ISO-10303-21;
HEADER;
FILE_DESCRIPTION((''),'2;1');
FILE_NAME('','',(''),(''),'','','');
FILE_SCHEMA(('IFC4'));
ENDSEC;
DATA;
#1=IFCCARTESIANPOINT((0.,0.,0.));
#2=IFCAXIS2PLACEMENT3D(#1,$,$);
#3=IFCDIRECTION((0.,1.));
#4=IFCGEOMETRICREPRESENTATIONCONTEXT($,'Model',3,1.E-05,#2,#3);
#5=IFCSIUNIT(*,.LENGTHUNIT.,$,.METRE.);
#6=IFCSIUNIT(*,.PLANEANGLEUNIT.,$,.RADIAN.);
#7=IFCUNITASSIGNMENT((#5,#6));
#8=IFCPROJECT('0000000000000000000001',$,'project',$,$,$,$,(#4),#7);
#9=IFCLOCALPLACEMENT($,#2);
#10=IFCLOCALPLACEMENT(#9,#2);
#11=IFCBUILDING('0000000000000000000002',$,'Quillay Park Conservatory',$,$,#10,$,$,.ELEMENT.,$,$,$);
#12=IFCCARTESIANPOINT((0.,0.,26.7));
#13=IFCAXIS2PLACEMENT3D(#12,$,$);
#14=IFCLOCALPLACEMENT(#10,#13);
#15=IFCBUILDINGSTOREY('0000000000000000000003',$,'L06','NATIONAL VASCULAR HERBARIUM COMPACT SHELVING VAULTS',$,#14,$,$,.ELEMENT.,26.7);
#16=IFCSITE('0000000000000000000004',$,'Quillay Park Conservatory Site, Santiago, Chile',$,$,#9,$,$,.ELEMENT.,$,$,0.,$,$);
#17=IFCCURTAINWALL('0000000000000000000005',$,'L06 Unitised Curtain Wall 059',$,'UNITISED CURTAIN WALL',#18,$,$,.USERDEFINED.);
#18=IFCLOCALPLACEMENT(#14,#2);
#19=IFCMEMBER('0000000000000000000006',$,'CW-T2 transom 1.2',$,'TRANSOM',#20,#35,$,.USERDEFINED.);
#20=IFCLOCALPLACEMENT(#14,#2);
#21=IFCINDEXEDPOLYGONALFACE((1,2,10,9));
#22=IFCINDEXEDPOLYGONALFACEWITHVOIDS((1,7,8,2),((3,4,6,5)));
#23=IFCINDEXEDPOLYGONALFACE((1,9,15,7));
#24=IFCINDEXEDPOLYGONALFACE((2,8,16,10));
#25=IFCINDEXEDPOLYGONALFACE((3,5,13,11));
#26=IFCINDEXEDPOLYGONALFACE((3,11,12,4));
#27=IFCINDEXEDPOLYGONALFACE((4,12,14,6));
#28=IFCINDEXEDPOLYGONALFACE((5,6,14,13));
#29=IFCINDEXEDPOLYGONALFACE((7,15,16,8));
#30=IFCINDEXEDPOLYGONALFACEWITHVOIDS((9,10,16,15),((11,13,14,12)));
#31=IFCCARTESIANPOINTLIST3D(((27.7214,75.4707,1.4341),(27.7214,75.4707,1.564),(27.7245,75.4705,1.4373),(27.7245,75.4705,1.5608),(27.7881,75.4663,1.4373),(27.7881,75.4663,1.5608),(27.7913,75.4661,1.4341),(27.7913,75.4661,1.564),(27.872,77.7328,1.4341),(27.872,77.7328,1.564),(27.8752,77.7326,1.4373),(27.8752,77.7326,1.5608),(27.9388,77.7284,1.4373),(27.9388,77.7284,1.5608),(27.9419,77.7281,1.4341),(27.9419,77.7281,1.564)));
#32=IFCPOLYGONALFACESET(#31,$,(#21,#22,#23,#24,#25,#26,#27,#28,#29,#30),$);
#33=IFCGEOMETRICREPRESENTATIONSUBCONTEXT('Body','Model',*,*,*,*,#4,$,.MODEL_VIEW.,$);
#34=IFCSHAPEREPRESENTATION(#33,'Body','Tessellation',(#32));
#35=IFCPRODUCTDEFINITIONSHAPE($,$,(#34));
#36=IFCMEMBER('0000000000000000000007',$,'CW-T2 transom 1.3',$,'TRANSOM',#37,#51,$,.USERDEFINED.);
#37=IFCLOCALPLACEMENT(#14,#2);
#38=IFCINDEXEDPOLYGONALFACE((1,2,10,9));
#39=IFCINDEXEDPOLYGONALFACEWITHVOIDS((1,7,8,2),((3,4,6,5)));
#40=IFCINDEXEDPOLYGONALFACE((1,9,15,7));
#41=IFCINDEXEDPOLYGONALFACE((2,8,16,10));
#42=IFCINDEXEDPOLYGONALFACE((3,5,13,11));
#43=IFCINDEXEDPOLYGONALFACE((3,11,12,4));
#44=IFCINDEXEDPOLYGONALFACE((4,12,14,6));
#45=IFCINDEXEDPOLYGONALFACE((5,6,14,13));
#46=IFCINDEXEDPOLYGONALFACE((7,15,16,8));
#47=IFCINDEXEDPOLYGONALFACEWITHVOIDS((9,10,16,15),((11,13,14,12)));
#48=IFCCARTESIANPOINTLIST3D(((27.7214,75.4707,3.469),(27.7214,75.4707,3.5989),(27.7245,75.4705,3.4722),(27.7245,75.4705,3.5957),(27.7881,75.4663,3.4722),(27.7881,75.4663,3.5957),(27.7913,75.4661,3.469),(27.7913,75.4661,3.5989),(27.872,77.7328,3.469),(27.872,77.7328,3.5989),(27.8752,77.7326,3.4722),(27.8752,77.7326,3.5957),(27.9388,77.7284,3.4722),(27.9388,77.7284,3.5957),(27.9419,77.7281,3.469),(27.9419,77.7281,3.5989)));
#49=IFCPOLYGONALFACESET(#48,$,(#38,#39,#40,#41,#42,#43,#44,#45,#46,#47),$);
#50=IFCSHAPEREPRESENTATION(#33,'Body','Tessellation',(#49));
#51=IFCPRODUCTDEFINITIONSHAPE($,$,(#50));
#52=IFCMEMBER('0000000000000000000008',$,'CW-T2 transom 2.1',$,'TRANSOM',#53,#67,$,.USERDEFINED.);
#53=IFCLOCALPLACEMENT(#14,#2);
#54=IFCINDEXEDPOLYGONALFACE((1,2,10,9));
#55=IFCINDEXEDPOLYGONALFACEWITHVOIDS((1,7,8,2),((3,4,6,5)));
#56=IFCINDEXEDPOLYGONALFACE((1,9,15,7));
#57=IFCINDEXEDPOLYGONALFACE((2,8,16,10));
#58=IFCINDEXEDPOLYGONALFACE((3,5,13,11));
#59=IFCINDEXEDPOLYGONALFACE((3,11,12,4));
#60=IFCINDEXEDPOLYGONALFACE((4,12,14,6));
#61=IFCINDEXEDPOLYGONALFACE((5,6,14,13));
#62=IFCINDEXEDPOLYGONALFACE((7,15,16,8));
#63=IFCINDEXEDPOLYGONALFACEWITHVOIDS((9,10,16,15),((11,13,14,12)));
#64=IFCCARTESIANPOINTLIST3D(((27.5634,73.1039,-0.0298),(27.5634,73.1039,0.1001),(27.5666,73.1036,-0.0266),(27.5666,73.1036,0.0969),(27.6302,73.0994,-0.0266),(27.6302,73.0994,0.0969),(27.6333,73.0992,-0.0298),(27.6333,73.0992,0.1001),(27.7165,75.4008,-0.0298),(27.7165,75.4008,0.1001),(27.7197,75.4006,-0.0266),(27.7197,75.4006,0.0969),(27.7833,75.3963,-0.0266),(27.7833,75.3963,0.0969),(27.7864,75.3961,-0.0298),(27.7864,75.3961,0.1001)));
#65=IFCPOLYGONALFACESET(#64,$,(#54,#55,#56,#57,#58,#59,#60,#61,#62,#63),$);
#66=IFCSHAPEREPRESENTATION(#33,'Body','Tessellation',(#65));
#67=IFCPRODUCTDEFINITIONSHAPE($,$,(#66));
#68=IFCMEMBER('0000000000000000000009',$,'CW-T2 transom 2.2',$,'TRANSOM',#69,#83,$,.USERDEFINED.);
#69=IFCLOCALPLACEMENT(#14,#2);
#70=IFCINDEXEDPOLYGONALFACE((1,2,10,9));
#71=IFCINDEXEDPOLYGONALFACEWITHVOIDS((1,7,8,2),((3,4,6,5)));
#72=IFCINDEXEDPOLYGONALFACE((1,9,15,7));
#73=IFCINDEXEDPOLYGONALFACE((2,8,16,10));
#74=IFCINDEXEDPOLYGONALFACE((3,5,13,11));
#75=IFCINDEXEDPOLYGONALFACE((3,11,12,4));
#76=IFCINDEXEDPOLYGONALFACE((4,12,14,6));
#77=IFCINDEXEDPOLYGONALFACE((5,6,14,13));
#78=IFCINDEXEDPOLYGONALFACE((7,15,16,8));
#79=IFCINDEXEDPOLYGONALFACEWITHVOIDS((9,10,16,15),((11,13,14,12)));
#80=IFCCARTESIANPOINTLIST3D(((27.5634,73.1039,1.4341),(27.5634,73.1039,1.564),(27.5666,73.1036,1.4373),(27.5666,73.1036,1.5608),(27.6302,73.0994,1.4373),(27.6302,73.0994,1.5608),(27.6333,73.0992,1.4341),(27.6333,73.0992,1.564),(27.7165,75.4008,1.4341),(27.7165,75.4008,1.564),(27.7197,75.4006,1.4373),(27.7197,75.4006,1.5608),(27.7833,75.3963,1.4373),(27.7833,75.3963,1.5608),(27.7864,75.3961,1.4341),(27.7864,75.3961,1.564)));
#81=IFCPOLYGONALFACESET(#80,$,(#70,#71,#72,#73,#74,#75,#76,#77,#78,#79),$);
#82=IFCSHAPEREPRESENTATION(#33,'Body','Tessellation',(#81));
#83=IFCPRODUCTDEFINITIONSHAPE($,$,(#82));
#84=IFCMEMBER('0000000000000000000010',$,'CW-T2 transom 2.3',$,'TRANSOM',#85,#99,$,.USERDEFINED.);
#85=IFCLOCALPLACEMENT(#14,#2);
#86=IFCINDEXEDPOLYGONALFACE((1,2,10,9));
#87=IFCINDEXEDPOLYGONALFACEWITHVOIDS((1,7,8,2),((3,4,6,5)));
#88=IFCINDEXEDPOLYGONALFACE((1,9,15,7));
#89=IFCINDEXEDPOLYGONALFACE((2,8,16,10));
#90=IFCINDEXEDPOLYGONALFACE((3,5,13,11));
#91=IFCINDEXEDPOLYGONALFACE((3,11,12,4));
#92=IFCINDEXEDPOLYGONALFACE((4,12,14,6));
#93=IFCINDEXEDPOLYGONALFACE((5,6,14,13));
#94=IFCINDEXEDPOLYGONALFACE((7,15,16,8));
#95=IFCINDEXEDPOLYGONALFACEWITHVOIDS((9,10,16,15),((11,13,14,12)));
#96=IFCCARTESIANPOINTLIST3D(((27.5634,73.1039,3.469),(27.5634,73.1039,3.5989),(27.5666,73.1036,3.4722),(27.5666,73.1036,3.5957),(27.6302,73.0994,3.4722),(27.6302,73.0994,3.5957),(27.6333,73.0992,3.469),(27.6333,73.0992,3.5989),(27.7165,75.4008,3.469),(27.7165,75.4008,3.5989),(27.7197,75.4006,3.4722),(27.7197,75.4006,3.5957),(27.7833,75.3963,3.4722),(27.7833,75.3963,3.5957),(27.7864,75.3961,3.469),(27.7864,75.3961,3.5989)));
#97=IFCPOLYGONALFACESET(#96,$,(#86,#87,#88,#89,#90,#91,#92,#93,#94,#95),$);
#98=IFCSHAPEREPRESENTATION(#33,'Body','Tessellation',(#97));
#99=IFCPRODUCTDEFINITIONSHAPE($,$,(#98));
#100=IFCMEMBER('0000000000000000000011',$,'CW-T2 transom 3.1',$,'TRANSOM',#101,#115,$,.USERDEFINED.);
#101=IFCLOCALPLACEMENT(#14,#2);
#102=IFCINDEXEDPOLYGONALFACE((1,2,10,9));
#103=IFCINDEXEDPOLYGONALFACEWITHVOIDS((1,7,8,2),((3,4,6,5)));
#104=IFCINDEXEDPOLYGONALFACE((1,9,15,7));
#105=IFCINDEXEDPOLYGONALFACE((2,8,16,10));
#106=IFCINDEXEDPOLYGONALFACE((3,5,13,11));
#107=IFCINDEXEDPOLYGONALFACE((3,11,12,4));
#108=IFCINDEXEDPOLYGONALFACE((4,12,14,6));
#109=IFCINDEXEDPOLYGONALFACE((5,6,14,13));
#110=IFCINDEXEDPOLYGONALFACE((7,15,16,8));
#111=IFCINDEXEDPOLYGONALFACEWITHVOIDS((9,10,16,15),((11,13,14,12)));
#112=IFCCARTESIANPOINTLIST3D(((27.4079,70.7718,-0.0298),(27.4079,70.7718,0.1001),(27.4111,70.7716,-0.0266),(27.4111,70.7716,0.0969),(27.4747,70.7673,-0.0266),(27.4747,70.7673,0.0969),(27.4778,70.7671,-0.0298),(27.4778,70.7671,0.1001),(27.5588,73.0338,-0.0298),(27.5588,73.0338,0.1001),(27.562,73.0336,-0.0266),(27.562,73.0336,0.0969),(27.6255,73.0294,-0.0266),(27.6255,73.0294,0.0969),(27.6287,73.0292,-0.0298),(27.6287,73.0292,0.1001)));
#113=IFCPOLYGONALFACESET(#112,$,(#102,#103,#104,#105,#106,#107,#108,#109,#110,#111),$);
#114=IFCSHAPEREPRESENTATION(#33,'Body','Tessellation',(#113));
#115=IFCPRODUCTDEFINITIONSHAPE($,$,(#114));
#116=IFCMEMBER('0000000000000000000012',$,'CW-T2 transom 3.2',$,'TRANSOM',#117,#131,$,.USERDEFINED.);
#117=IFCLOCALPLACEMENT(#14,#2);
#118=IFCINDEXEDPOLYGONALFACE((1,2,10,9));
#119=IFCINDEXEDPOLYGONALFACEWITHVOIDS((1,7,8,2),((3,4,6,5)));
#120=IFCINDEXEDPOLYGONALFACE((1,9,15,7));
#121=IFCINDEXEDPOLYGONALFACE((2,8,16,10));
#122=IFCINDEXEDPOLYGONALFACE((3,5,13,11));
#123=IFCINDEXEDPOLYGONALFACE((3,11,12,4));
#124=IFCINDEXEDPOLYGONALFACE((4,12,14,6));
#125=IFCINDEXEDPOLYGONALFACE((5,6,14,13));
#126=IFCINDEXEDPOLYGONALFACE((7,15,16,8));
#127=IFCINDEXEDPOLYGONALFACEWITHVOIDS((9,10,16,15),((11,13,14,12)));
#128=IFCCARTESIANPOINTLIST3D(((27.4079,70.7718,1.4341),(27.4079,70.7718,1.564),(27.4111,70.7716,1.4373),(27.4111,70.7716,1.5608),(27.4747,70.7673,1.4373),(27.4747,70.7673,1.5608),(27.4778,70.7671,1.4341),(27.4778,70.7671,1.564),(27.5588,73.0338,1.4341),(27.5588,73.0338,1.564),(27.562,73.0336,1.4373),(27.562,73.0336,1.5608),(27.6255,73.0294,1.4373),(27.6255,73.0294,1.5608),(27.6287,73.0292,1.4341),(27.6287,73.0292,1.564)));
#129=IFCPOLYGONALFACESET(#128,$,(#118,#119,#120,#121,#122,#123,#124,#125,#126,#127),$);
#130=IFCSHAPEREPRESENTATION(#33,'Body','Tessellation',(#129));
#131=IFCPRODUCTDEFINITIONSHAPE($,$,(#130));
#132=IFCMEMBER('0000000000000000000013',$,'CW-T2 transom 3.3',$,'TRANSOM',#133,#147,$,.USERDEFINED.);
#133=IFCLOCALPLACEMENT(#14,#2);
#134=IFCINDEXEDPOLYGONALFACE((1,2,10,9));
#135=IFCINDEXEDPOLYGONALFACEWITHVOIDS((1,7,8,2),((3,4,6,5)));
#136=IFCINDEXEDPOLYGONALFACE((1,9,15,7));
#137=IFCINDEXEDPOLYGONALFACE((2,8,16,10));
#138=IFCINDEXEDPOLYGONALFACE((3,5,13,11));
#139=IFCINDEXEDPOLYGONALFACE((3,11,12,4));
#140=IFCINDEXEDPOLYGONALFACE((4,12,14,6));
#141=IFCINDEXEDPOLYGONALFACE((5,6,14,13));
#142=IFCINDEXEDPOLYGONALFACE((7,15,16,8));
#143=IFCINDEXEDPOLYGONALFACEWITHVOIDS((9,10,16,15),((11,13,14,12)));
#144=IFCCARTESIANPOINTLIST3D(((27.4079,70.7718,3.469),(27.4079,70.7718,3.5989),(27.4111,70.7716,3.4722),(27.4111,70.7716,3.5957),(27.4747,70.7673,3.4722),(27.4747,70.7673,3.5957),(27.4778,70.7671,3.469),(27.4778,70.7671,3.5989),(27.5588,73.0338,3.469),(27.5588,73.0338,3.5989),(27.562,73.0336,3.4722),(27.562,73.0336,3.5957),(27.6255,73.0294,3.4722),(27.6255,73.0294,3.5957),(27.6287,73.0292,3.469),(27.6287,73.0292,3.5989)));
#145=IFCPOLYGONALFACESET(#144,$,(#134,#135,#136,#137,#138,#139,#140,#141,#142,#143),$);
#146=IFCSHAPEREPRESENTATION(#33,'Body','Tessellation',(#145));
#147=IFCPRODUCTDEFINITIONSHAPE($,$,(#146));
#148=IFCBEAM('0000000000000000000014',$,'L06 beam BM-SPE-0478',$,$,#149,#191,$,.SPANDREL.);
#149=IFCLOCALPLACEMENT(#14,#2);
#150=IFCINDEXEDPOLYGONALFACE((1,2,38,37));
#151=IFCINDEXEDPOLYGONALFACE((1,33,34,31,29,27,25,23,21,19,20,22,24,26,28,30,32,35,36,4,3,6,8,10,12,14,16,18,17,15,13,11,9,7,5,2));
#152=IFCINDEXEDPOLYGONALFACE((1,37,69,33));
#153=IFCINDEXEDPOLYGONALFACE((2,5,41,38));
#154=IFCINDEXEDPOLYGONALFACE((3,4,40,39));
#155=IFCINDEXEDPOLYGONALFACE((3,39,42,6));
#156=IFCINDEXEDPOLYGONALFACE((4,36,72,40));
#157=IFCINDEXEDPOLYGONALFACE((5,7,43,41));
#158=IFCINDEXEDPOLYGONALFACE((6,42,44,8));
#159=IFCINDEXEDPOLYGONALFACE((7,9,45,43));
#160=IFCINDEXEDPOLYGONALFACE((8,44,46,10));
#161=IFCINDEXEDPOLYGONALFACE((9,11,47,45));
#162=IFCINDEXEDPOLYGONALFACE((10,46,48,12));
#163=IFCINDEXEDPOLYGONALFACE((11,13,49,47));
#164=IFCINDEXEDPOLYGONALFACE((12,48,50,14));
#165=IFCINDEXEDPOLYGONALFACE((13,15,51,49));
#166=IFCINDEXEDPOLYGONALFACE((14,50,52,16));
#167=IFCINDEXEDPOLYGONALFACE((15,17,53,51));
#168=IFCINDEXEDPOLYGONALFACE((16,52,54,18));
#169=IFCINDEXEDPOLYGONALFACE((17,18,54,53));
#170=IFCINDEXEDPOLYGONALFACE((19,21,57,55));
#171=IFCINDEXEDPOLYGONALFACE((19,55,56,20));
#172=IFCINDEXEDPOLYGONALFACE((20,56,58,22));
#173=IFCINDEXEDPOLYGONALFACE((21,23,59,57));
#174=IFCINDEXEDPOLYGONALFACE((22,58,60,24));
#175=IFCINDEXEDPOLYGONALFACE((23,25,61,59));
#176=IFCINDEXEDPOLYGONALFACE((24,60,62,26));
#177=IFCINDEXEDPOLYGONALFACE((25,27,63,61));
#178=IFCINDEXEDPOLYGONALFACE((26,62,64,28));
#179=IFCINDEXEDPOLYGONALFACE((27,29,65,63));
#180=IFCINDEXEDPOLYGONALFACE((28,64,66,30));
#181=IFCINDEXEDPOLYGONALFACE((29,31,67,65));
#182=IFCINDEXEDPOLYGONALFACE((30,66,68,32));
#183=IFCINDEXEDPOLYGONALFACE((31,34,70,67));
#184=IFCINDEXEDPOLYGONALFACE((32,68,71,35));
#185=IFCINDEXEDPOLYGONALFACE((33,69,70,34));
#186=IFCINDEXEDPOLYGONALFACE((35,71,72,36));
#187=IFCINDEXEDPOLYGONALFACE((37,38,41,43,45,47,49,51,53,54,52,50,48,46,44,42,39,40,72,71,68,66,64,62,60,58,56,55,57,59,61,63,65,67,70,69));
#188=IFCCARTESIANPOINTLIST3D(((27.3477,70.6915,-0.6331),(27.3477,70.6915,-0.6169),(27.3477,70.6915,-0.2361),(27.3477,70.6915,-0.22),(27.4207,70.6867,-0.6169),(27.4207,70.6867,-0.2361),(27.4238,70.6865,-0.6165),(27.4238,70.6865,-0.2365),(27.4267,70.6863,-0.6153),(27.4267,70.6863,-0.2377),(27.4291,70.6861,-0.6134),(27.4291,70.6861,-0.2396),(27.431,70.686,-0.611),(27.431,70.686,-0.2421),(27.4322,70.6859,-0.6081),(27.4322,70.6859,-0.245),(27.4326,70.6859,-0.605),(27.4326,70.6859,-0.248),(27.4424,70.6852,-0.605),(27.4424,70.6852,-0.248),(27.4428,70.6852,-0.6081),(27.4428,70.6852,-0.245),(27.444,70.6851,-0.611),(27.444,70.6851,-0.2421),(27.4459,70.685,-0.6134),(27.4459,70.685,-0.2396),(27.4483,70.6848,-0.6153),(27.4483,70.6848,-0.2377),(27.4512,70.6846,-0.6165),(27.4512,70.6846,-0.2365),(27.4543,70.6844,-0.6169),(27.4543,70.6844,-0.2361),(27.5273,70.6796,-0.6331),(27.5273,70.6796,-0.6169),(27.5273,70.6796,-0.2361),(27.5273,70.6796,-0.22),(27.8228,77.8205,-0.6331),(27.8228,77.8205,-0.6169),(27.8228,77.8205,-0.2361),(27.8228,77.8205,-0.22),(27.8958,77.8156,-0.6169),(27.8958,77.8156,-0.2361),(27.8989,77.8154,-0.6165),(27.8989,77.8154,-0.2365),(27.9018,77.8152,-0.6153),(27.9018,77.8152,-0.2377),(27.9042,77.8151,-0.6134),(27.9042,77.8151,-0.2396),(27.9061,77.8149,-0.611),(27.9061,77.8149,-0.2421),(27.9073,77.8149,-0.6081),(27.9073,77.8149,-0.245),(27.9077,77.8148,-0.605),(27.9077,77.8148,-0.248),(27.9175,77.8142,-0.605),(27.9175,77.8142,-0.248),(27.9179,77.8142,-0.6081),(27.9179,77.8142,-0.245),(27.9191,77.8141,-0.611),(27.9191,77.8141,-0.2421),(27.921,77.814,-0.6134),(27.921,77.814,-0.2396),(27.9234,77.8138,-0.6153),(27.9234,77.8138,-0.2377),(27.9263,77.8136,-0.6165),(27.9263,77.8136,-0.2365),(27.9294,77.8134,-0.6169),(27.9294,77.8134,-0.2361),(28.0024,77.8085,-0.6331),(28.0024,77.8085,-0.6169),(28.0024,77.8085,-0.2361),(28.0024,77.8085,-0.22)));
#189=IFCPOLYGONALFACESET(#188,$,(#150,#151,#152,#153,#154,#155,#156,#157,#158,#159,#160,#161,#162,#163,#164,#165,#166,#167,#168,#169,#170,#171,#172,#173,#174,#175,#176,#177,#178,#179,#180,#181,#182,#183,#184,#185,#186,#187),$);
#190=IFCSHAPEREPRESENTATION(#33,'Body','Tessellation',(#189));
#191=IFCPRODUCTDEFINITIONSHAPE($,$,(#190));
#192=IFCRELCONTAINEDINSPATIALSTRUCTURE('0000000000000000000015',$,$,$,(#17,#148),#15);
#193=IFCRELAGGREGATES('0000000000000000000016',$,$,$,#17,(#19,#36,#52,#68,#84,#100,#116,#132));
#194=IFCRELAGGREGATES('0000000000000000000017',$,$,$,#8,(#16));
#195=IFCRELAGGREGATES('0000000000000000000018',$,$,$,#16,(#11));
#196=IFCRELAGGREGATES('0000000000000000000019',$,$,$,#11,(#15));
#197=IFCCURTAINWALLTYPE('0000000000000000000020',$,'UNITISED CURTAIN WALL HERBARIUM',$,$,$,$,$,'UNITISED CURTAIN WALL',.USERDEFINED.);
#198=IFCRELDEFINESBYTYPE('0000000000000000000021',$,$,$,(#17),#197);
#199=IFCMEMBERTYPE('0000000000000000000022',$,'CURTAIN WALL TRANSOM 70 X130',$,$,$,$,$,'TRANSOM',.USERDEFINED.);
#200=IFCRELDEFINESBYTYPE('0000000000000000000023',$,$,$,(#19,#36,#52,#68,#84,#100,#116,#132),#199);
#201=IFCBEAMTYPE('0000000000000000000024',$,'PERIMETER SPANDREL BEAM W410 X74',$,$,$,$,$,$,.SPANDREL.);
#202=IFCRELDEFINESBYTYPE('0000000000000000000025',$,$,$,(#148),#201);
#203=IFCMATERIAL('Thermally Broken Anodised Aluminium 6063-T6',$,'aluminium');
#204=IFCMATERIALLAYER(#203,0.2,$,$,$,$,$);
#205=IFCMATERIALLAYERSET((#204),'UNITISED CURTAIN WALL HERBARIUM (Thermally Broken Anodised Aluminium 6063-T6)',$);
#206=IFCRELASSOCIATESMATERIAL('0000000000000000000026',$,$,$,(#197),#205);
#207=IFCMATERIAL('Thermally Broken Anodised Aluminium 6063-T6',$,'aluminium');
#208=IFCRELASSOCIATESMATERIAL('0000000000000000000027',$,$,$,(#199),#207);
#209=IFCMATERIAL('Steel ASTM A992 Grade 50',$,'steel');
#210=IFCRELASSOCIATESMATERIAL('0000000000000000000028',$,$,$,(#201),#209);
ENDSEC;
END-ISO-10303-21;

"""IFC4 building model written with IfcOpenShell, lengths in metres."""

from ifc_helpers import new_model, si_unit, direction, frame, origin, origin_2d, place, context, subcontext, project, spatial, hollow_rectangle, i_section, extrude, material, layer, layer_set, material_profile, profile_set, type_object, element, aggregate, save


model = new_model("IFC4")

# Units and contexts
model_context = context("Model", 3, precision=1e-05, world=origin(), true_north=direction((0.0, 1.0)))
body_context = subcontext(model_context, "Body", "Model", "MODEL_VIEW")
ifc_project = project(units=[si_unit("LENGTHUNIT", "METRE"), si_unit("PLANEANGLEUNIT", "RADIAN")], contexts=[model_context])

# Site, building, storey
site_placement = place(None, origin())
site = spatial("IfcSite", under=ifc_project, at=site_placement, Name="Quillay Park Conservatory Site, Santiago, Chile", CompositionType="ELEMENT", RefElevation=0.0)
building_placement = place(site_placement, origin())
building = spatial("IfcBuilding", under=site, at=building_placement, Name="Quillay Park Conservatory", CompositionType="ELEMENT")
storey_placement = place(building_placement, frame((0.0, 0.0, 26.7)))
storey = spatial("IfcBuildingStorey", under=building, at=storey_placement, Name="L06", Description="NATIONAL VASCULAR HERBARIUM COMPACT SHELVING VAULTS", CompositionType="ELEMENT", Elevation=26.7)

# Curtain wall, members
ifc_material_1 = material(Name="Thermally Broken Anodised Aluminium 6063-T6", Category="aluminium")
ifc_layer_1 = layer(ifc_material_1, 0.2)
ifc_layer_set_1 = layer_set([ifc_layer_1], Name="UNITISED CURTAIN WALL HERBARIUM (Thermally Broken Anodised Aluminium 6063-T6)")
curtain_wall_type = type_object("IfcCurtainWallType", Name="UNITISED CURTAIN WALL HERBARIUM", ElementType="UNITISED CURTAIN WALL", PredefinedType="USERDEFINED", material=ifc_layer_set_1)
curtain_wall_placement = place(storey_placement, origin())
curtain_wall = element("IfcCurtainWall", 1, at=curtain_wall_placement, inside=storey, type_object=curtain_wall_type, Name="L06 Unitised Curtain Wall 059", ObjectType="UNITISED CURTAIN WALL", PredefinedType="USERDEFINED")
ifc_material_2 = material(Name="Thermally Broken Anodised Aluminium 6063-T6", Category="aluminium")
ifc_material_profile_1 = material_profile(ifc_material_2, hollow_rectangle(XDim=0.0701, YDim=0.1299, WallThickness=0.0032, at=origin_2d()), Name="AL70x130x3.2")
ifc_profile_set_1 = profile_set([ifc_material_profile_1], Name="Thermally Broken Anodised Aluminium 6063-T6")
member_type_1 = type_object("IfcMemberType", Name="CURTAIN WALL TRANSOM 70 X130", ElementType="TRANSOM", PredefinedType="USERDEFINED", material=ifc_profile_set_1)
member_1_placement = place(storey_placement, frame((27.907, 77.7305, 1.499), z_axis=(-0.066448, -0.99779, 0.0), x_axis=(0.99779, -0.066448, 0.0)))
member_1 = element("IfcMember", 2, at=member_1_placement, type_object=member_type_1, Name="CW-T2 transom 1.2", ObjectType="TRANSOM", PredefinedType="USERDEFINED", context=body_context, shape_type="SweptSolid", body=[
    extrude(hollow_rectangle(XDim=0.0701, YDim=0.1299, WallThickness=0.0032, at=origin_2d()), origin(), (0.0, 0.0, 1.0), 2.2671),
])
member_2_placement = place(storey_placement, frame((27.907, 77.7305, 3.5339), z_axis=(-0.066448, -0.99779, 0.0), x_axis=(0.99779, -0.066448, 0.0)))
member_2 = element("IfcMember", 3, at=member_2_placement, type_object=member_type_1, Name="CW-T2 transom 1.3", ObjectType="TRANSOM", PredefinedType="USERDEFINED", context=body_context, shape_type="SweptSolid", body=[
    extrude(hollow_rectangle(XDim=0.0701, YDim=0.1299, WallThickness=0.0032, at=origin_2d()), origin(), (0.0, 0.0, 1.0), 2.2671),
])
member_3_placement = place(storey_placement, frame((27.7515, 75.3984, 0.0352), z_axis=(-0.066498, -0.997787, 0.0), x_axis=(0.997787, -0.066498, 0.0)))
member_3 = element("IfcMember", 4, at=member_3_placement, type_object=member_type_1, Name="CW-T2 transom 2.1", ObjectType="TRANSOM", PredefinedType="USERDEFINED", context=body_context, shape_type="SweptSolid", body=[
    extrude(hollow_rectangle(XDim=0.0701, YDim=0.1299, WallThickness=0.0032, at=origin_2d()), origin(), (0.0, 0.0, 1.0), 2.302),
])
member_4_placement = place(storey_placement, frame((27.7515, 75.3984, 1.499), z_axis=(-0.066498, -0.997787, 0.0), x_axis=(0.997787, -0.066498, 0.0)))
member_4 = element("IfcMember", 5, at=member_4_placement, type_object=member_type_1, Name="CW-T2 transom 2.2", ObjectType="TRANSOM", PredefinedType="USERDEFINED", context=body_context, shape_type="SweptSolid", body=[
    extrude(hollow_rectangle(XDim=0.0701, YDim=0.1299, WallThickness=0.0032, at=origin_2d()), origin(), (0.0, 0.0, 1.0), 2.302),
])
member_5_placement = place(storey_placement, frame((27.7515, 75.3984, 3.5339), z_axis=(-0.066498, -0.997787, 0.0), x_axis=(0.997787, -0.066498, 0.0)))
member_5 = element("IfcMember", 6, at=member_5_placement, type_object=member_type_1, Name="CW-T2 transom 2.3", ObjectType="TRANSOM", PredefinedType="USERDEFINED", context=body_context, shape_type="SweptSolid", body=[
    extrude(hollow_rectangle(XDim=0.0701, YDim=0.1299, WallThickness=0.0032, at=origin_2d()), origin(), (0.0, 0.0, 1.0), 2.302),
])
member_6_placement = place(storey_placement, frame((27.5938, 73.0315, 0.0352), z_axis=(-0.066555, -0.997783, 0.0), x_axis=(0.997783, -0.066555, 0.0)))
member_6 = element("IfcMember", 7, at=member_6_placement, type_object=member_type_1, Name="CW-T2 transom 3.1", ObjectType="TRANSOM", PredefinedType="USERDEFINED", context=body_context, shape_type="SweptSolid", body=[
    extrude(hollow_rectangle(XDim=0.0701, YDim=0.1299, WallThickness=0.0032, at=origin_2d()), origin(), (0.0, 0.0, 1.0), 2.2671),
])
member_7_placement = place(storey_placement, frame((27.5938, 73.0315, 1.499), z_axis=(-0.066555, -0.997783, 0.0), x_axis=(0.997783, -0.066555, 0.0)))
member_7 = element("IfcMember", 8, at=member_7_placement, type_object=member_type_1, Name="CW-T2 transom 3.2", ObjectType="TRANSOM", PredefinedType="USERDEFINED", context=body_context, shape_type="SweptSolid", body=[
    extrude(hollow_rectangle(XDim=0.0701, YDim=0.1299, WallThickness=0.0032, at=origin_2d()), origin(), (0.0, 0.0, 1.0), 2.2671),
])
member_8_placement = place(storey_placement, frame((27.5938, 73.0315, 3.5339), z_axis=(-0.066555, -0.997783, 0.0), x_axis=(0.997783, -0.066555, 0.0)))
member_8 = element("IfcMember", 9, at=member_8_placement, type_object=member_type_1, Name="CW-T2 transom 3.3", ObjectType="TRANSOM", PredefinedType="USERDEFINED", context=body_context, shape_type="SweptSolid", body=[
    extrude(hollow_rectangle(XDim=0.0701, YDim=0.1299, WallThickness=0.0032, at=origin_2d()), origin(), (0.0, 0.0, 1.0), 2.2671),
])

# Beam
ifc_material_3 = material(Name="Steel ASTM A992 Grade 50", Category="steel")
ifc_material_profile_2 = material_profile(ifc_material_3, i_section(OverallWidth=0.1799, OverallDepth=0.4131, WebThickness=0.0098, FlangeThickness=0.0161, FilletRadius=0.012, at=origin_2d()), Name="W410x74")
ifc_profile_set_2 = profile_set([ifc_material_profile_2], Name="Steel ASTM A992 Grade 50")
beam_type_1 = type_object("IfcBeamType", Name="PERIMETER SPANDREL BEAM W410 X74", PredefinedType="SPANDREL", material=ifc_profile_set_2)
beam_1_placement = place(storey_placement, frame((27.4375, 70.6855, -0.4265), z_axis=(0.066496, 0.997787, 0.0), x_axis=(-0.997787, 0.066496, 0.0)))
element("IfcBeam", 10, at=beam_1_placement, inside=storey, type_object=beam_type_1, Name="L06 beam BM-SPE-0478", PredefinedType="SPANDREL", context=body_context, shape_type="SweptSolid", body=[
    extrude(i_section(OverallWidth=0.1799, OverallDepth=0.4131, WebThickness=0.0098, FlangeThickness=0.0161, FilletRadius=0.012, at=origin_2d()), origin(), (0.0, 0.0, 1.0), 7.1448),
])

aggregate(curtain_wall, [member_1, member_2, member_3, member_4, member_5, member_6, member_7, member_8])

save(model, "model.ifc")
